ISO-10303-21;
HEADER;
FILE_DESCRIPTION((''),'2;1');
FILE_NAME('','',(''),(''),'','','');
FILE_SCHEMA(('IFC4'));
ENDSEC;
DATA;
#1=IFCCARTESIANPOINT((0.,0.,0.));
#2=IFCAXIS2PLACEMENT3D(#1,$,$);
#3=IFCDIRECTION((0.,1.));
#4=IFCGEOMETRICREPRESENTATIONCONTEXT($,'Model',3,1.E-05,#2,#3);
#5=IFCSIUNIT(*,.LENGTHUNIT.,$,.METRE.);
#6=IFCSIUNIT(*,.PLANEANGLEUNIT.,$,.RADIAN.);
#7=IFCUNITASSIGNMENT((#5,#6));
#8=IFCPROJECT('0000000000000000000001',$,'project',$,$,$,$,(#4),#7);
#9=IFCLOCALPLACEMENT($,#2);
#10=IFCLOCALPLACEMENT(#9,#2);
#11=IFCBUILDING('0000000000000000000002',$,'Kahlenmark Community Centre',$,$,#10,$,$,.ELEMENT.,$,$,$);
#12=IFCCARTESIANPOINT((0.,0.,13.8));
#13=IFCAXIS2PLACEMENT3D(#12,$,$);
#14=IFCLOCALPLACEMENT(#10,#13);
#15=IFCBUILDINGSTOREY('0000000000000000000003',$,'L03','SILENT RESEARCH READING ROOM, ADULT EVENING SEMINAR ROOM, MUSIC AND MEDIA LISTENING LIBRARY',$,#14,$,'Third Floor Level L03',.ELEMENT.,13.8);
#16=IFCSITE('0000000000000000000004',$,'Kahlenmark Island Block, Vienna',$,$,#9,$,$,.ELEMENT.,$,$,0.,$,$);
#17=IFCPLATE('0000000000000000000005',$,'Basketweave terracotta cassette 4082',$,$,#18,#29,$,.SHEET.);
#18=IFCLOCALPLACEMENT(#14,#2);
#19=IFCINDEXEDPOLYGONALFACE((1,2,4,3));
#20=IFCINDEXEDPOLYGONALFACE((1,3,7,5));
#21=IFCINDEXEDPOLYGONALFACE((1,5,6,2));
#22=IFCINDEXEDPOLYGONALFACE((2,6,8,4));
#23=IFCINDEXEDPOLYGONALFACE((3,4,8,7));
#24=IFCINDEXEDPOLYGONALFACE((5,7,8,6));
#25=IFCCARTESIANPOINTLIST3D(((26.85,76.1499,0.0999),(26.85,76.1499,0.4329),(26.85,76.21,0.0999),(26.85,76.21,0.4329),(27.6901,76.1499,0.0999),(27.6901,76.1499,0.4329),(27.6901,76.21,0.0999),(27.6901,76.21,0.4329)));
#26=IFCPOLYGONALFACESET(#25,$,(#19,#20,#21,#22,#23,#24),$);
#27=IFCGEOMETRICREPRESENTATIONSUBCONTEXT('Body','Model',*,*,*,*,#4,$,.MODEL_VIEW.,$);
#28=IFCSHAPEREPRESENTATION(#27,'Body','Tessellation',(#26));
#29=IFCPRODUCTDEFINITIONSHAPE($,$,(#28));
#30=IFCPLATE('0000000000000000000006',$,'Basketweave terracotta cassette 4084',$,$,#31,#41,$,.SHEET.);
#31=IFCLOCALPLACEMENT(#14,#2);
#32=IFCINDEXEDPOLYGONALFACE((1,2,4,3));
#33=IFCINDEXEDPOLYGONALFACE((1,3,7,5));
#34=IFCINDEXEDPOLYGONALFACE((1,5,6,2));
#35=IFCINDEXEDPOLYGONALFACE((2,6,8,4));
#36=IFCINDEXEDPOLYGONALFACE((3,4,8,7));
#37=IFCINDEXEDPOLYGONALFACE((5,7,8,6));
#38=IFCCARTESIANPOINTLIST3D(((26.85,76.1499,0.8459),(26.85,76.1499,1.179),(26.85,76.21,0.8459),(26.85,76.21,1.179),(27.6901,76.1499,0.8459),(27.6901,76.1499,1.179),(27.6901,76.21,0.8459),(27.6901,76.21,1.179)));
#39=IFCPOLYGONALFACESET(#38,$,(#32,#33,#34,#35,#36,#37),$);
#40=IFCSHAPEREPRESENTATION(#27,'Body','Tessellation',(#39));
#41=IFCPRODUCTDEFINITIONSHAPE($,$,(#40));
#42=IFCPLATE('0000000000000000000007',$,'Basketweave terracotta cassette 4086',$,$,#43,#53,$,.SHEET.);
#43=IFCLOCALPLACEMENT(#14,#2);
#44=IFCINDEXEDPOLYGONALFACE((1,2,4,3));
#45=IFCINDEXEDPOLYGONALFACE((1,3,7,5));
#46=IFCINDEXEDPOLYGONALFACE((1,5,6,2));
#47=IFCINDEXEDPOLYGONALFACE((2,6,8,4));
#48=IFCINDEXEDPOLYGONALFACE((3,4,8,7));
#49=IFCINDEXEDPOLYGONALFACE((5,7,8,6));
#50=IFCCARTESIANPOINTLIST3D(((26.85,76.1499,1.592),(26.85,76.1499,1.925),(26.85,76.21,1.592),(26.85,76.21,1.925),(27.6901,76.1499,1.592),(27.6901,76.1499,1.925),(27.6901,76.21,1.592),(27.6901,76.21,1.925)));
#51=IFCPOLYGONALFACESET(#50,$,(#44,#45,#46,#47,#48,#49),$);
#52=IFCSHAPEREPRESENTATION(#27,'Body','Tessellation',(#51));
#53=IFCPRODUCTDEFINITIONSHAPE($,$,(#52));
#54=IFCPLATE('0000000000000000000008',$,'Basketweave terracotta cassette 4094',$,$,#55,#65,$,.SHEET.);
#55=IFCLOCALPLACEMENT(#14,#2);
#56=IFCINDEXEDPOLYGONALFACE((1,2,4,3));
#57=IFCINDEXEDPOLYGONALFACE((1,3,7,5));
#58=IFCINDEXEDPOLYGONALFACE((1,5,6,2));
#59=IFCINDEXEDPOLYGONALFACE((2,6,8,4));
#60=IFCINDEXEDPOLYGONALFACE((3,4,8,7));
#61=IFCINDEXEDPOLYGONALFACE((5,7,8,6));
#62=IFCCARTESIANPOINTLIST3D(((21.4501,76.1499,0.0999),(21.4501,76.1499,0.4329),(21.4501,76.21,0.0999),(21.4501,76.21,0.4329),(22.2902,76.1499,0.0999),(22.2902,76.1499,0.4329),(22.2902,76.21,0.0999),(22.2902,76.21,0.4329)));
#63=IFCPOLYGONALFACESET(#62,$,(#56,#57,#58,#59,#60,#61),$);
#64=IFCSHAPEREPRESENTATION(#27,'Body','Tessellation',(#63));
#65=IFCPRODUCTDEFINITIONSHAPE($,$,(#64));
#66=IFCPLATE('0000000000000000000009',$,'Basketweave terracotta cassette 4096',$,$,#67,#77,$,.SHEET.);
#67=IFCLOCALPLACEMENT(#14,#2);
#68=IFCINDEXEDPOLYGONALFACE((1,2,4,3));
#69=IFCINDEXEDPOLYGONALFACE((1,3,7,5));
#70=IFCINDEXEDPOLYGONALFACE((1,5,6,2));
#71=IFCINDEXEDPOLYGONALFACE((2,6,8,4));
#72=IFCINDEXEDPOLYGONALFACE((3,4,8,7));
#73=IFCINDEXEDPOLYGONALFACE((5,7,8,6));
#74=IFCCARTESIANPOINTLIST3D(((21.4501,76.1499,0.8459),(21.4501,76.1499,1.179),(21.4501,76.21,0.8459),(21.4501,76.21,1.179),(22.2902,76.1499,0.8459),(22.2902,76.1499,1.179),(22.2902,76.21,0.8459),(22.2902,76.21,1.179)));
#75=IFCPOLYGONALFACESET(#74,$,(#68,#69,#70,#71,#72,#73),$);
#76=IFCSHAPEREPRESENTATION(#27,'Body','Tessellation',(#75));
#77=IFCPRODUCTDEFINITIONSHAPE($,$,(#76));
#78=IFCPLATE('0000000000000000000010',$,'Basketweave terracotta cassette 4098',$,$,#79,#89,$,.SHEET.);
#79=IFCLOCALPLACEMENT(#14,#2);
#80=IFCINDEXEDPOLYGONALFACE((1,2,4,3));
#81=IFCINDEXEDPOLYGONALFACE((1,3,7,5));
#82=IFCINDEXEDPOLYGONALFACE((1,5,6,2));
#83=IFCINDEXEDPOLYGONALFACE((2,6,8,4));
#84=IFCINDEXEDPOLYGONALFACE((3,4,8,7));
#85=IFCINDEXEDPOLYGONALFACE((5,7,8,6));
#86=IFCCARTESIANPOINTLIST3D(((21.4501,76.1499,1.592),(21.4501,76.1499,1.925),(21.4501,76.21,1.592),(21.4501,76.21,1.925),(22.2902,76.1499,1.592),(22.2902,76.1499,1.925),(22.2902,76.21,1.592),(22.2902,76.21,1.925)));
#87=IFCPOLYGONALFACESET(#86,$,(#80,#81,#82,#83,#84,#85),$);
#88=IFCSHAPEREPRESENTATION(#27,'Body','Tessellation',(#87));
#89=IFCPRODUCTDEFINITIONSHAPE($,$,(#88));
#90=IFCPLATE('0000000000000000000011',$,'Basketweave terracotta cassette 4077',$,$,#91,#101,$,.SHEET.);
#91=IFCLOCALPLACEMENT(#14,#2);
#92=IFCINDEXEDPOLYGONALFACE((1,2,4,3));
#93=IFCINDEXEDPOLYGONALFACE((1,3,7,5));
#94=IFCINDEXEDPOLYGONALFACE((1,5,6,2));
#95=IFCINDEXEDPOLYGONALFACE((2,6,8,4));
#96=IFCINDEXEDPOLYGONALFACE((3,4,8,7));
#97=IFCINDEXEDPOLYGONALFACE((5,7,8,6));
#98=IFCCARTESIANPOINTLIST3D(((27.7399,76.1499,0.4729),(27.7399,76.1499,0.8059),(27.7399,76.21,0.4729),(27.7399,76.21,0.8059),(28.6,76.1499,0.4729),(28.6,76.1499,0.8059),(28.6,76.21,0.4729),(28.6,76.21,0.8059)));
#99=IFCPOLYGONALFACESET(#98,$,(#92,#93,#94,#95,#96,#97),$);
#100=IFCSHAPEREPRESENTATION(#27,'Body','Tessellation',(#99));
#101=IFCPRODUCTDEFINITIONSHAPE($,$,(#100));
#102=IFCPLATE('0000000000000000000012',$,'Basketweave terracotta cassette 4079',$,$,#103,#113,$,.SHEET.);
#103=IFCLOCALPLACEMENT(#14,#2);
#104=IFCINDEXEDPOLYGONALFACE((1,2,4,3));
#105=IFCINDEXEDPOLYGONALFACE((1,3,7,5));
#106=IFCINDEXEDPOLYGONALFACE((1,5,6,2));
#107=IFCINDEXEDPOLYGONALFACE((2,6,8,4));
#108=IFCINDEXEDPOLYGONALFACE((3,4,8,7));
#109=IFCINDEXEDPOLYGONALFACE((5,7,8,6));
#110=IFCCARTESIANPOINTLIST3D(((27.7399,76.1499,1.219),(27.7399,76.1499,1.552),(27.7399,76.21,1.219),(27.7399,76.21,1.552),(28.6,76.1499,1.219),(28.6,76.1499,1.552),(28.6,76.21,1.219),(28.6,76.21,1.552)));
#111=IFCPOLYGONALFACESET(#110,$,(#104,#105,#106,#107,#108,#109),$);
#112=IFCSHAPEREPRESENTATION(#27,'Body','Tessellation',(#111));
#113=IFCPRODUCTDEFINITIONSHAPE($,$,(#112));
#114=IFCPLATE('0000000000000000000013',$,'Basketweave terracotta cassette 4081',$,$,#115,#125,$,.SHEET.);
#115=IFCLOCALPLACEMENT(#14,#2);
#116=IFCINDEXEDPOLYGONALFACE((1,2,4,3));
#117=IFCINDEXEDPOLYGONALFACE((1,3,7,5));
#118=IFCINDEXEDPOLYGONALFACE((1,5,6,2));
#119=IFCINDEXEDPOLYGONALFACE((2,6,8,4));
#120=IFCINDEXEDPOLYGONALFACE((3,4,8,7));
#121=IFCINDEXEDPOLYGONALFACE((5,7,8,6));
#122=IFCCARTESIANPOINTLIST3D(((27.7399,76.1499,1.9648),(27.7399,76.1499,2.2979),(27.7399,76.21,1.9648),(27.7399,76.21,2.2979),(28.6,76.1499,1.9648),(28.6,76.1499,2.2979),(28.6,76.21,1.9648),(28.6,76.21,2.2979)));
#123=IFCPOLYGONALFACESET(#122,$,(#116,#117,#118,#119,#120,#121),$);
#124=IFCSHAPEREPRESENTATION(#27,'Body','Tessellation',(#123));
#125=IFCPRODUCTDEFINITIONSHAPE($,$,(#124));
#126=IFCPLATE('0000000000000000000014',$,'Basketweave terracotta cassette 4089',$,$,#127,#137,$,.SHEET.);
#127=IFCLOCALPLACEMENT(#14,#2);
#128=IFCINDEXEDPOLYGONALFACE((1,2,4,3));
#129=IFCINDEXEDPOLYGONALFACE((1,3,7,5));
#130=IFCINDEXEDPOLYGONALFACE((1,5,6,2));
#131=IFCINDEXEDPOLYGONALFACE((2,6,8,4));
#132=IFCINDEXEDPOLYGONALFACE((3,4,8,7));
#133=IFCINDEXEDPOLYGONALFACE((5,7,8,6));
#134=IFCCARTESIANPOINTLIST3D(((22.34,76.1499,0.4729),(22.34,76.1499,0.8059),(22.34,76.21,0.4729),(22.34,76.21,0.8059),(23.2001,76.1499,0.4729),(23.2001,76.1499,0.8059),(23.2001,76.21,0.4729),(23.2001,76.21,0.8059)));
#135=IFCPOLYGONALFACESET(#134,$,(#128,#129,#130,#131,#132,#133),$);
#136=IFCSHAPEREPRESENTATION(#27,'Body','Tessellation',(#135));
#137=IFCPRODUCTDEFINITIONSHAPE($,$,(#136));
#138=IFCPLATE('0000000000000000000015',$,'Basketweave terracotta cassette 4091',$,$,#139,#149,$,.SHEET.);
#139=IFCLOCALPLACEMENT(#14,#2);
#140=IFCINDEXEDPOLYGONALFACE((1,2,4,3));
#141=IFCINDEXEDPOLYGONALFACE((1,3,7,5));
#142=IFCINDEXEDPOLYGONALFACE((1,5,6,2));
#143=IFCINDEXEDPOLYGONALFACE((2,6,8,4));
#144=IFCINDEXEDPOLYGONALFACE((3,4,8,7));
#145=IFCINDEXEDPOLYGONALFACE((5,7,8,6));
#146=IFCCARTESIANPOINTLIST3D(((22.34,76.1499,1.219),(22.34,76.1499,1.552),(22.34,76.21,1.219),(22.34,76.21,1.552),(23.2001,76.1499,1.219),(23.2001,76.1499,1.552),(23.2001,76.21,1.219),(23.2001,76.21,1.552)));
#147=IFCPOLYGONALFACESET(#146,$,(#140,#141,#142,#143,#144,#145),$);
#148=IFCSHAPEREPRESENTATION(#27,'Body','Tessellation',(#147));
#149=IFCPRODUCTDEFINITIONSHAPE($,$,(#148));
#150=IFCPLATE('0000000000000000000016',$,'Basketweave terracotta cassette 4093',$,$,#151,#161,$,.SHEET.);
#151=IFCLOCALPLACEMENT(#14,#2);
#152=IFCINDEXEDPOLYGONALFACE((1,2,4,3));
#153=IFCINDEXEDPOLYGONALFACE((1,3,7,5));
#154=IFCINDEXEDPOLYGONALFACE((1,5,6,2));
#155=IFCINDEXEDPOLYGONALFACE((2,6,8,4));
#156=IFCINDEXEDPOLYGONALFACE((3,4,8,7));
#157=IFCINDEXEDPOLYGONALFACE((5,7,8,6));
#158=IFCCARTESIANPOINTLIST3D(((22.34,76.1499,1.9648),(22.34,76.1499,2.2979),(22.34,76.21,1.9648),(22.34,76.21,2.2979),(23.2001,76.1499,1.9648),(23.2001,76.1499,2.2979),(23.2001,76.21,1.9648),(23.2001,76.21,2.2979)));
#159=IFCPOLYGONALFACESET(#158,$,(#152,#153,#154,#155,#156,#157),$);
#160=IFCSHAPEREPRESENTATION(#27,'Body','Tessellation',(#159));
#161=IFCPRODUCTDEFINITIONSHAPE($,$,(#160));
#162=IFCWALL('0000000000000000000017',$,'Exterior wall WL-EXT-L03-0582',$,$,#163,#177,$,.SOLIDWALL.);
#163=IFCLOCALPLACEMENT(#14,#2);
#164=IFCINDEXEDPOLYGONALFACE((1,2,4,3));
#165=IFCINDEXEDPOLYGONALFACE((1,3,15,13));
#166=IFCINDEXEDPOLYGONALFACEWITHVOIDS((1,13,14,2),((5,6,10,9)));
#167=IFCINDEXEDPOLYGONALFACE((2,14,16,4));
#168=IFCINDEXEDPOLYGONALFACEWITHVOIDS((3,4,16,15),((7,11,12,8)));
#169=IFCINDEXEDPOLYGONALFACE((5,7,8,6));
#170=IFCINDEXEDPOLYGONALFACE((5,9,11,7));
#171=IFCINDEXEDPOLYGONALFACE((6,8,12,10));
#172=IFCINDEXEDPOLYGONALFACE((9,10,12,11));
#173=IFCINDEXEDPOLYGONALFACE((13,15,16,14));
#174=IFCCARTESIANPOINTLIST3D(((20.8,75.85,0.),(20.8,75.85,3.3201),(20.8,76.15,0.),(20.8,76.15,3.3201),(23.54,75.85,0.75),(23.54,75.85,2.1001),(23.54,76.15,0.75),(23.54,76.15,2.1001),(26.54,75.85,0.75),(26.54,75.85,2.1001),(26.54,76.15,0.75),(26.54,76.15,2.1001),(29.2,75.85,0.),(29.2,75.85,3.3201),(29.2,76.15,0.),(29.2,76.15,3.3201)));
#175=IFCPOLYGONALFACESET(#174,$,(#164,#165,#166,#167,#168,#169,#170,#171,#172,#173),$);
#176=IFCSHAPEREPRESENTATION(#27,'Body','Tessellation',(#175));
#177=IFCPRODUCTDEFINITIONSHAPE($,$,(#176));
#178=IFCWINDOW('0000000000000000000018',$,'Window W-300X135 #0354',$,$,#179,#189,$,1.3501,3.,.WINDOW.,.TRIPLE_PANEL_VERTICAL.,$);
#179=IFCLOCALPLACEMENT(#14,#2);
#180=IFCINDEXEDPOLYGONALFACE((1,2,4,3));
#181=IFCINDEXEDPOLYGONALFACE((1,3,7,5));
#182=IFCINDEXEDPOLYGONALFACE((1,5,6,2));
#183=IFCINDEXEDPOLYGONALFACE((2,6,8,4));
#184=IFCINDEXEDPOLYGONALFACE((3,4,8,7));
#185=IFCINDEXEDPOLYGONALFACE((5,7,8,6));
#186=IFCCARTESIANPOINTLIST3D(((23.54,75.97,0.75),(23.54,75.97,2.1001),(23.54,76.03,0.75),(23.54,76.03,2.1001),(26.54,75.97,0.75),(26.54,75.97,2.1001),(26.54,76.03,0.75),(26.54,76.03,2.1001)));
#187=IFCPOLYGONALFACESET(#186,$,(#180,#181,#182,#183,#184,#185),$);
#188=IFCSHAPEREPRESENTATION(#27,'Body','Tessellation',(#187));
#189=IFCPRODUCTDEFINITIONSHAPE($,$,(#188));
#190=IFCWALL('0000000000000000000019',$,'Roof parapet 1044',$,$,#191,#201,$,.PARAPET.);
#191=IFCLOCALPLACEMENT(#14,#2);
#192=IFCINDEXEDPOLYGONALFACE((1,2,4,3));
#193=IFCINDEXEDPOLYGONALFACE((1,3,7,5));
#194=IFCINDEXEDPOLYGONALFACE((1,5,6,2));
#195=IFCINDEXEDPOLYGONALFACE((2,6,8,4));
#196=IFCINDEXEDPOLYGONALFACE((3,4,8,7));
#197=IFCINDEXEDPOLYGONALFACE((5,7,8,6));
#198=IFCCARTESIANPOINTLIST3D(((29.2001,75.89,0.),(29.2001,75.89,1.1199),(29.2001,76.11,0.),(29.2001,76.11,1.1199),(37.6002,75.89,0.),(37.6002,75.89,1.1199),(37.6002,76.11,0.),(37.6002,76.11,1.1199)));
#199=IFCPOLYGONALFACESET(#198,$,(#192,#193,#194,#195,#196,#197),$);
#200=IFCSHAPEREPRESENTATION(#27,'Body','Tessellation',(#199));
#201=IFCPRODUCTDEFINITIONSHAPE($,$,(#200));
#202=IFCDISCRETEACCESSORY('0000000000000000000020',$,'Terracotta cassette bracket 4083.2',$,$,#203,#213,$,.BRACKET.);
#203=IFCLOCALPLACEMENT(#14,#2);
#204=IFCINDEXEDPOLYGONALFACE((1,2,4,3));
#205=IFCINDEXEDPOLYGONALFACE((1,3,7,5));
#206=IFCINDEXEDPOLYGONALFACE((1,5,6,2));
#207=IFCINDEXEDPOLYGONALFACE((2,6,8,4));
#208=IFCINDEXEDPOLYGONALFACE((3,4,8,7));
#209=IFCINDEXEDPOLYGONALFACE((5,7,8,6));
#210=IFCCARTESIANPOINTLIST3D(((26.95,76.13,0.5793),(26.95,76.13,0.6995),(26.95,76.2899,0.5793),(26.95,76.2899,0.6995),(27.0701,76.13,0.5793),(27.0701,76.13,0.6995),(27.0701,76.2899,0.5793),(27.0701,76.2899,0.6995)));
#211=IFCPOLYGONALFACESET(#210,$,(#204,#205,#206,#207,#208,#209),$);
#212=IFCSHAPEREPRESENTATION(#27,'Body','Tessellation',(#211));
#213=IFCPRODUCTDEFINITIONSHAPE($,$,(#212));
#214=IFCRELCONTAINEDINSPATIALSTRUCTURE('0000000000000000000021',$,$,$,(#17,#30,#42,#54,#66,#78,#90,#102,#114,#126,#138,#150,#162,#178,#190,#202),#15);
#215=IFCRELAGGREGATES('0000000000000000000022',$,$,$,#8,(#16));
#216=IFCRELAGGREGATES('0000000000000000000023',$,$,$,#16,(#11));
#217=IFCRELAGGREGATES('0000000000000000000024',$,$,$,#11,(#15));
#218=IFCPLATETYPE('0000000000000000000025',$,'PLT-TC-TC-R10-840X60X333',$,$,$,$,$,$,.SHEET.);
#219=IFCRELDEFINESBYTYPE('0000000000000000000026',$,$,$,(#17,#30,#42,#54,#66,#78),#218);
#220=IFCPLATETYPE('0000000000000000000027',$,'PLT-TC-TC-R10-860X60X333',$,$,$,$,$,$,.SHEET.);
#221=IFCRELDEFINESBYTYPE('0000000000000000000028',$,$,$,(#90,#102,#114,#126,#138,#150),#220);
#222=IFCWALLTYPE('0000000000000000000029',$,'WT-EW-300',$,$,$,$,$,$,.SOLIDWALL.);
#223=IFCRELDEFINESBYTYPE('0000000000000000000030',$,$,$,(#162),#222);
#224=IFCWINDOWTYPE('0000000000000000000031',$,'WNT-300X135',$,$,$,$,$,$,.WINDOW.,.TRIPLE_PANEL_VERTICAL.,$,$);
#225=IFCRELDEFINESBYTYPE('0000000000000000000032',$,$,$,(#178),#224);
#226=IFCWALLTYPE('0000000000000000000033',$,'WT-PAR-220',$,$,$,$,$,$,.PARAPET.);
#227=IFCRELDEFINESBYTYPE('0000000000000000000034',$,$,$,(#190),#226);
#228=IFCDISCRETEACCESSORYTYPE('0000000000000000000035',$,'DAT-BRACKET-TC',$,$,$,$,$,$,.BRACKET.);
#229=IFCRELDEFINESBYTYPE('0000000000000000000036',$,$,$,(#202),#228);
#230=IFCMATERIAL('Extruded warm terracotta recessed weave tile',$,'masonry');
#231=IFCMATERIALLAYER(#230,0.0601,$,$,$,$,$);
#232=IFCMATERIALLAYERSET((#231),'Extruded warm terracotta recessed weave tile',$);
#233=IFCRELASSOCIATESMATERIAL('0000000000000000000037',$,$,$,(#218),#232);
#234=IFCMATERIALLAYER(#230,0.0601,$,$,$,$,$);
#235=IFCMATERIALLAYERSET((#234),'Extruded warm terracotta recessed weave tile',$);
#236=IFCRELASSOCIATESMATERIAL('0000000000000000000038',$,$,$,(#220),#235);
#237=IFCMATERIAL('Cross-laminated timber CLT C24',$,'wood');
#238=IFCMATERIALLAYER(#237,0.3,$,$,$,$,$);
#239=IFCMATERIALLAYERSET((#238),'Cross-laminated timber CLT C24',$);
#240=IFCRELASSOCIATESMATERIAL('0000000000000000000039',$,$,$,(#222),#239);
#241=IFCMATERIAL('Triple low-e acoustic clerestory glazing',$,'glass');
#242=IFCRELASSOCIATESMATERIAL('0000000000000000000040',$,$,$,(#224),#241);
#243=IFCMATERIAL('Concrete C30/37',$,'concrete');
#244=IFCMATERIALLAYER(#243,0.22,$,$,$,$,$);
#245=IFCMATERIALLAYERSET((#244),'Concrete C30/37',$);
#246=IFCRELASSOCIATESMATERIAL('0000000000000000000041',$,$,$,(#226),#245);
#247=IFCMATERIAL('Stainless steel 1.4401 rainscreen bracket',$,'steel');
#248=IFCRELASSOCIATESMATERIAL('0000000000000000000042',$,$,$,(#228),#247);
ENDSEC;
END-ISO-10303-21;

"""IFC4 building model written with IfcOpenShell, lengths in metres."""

from ifc_helpers import new_model, si_unit, direction, frame, frame_2d, origin, origin_2d, place, context, subcontext, project, spatial, rectangle, extrude, material, layer, layer_set, type_object, element, fill, save


model = new_model("IFC4")

# Units and contexts
model_context = context("Model", 3, precision=1e-05, world=origin(), true_north=direction((0.0, 1.0)))
body_context = subcontext(model_context, "Body", "Model", "MODEL_VIEW")
ifc_project = project(units=[si_unit("LENGTHUNIT", "METRE"), si_unit("PLANEANGLEUNIT", "RADIAN")], contexts=[model_context])

# Site, building, storey
site_placement = place(None, origin())
site = spatial("IfcSite", under=ifc_project, at=site_placement, Name="Kahlenmark Island Block, Vienna", CompositionType="ELEMENT", RefElevation=0.0)
building_placement = place(site_placement, origin())
building = spatial("IfcBuilding", under=site, at=building_placement, Name="Kahlenmark Community Centre", CompositionType="ELEMENT")
storey_placement = place(building_placement, frame((0.0, 0.0, 13.8)))
storey = spatial("IfcBuildingStorey", under=building, at=storey_placement, Name="L03", Description="SILENT RESEARCH READING ROOM, ADULT EVENING SEMINAR ROOM, MUSIC AND MEDIA LISTENING LIBRARY", LongName="Third Floor Level L03", CompositionType="ELEMENT", Elevation=13.8)

# Plates
ifc_material_1 = material(Name="Extruded warm terracotta recessed weave tile", Category="masonry")
ifc_layer_1 = layer(ifc_material_1, 0.0601)
ifc_layer_set_1 = layer_set([ifc_layer_1], Name="Extruded warm terracotta recessed weave tile")
plate_type_1 = type_object("IfcPlateType", Name="PLT-TC-TC-R10-840X60X333", PredefinedType="SHEET", material=ifc_layer_set_1)
for number, where, z_axis, x_axis, name in (
    (1, (27.27, 76.1799, 0.0999), (0.0, 0.0, 1.0), (-1.0, 0.0, 0.0), "Basketweave terracotta cassette 4082"),
    (2, (27.27, 76.1799, 0.8459), (0.0, 0.0, 1.0), (-1.0, 0.0, 0.0), "Basketweave terracotta cassette 4084"),
    (3, (27.27, 76.1799, 1.592), (0.0, 0.0, 1.0), (-1.0, 0.0, 0.0), "Basketweave terracotta cassette 4086"),
    (4, (21.8701, 76.1799, 0.0999), (0.0, 0.0, 1.0), (-1.0, 0.0, 0.0), "Basketweave terracotta cassette 4094"),
    (5, (21.8701, 76.1799, 0.8459), (0.0, 0.0, 1.0), (-1.0, 0.0, 0.0), "Basketweave terracotta cassette 4096"),
    (6, (21.8701, 76.1799, 1.592), (0.0, 0.0, 1.0), (-1.0, 0.0, 0.0), "Basketweave terracotta cassette 4098"),
):
    element("IfcPlate", number, at=place(storey_placement, frame(where, z_axis=z_axis, x_axis=x_axis)), inside=storey, type_object=plate_type_1, Name=name, PredefinedType="SHEET", context=body_context, shape_type="SweptSolid", body=[
        extrude(rectangle(XDim=0.8401, YDim=0.0601, at=origin_2d()), origin(), (0.0, 0.0, 1.0), 0.333),
    ])
ifc_layer_2 = layer(ifc_material_1, 0.0601)
ifc_layer_set_2 = layer_set([ifc_layer_2], Name="Extruded warm terracotta recessed weave tile")
plate_type_2 = type_object("IfcPlateType", Name="PLT-TC-TC-R10-860X60X333", PredefinedType="SHEET", material=ifc_layer_set_2)
for number, where, z_axis, x_axis, name in (
    (7, (28.1699, 76.1799, 0.4729), (0.0, 0.0, 1.0), (-1.0, 0.0, 0.0), "Basketweave terracotta cassette 4077"),
    (8, (28.1699, 76.1799, 1.219), (0.0, 0.0, 1.0), (-1.0, 0.0, 0.0), "Basketweave terracotta cassette 4079"),
    (9, (28.1699, 76.1799, 1.9648), (0.0, 0.0, 1.0), (-1.0, 0.0, 0.0), "Basketweave terracotta cassette 4081"),
    (10, (22.77, 76.1799, 0.4729), (0.0, 0.0, 1.0), (-1.0, 0.0, 0.0), "Basketweave terracotta cassette 4089"),
    (11, (22.77, 76.1799, 1.219), (0.0, 0.0, 1.0), (-1.0, 0.0, 0.0), "Basketweave terracotta cassette 4091"),
    (12, (22.77, 76.1799, 1.9648), (0.0, 0.0, 1.0), (-1.0, 0.0, 0.0), "Basketweave terracotta cassette 4093"),
):
    element("IfcPlate", number, at=place(storey_placement, frame(where, z_axis=z_axis, x_axis=x_axis)), inside=storey, type_object=plate_type_2, Name=name, PredefinedType="SHEET", context=body_context, shape_type="SweptSolid", body=[
        extrude(rectangle(XDim=0.8601, YDim=0.0601, at=origin_2d()), origin(), (0.0, 0.0, 1.0), 0.333),
    ])

# Wall, opening, window
ifc_material_2 = material(Name="Cross-laminated timber CLT C24", Category="wood")
ifc_layer_3 = layer(ifc_material_2, 0.3)
ifc_layer_set_3 = layer_set([ifc_layer_3], Name="Cross-laminated timber CLT C24")
wall_type_1 = type_object("IfcWallType", Name="WT-EW-300", PredefinedType="SOLIDWALL", material=ifc_layer_set_3)
wall_1_placement = place(storey_placement, frame((29.2, 76.0, 0.0), z_axis=(0.0, 0.0, 1.0), x_axis=(-1.0, 0.0, 0.0)))
wall_1 = element("IfcWall", 13, at=wall_1_placement, inside=storey, type_object=wall_type_1, Name="Exterior wall WL-EXT-L03-0582", PredefinedType="SOLIDWALL", context=body_context, shape_type="SweptSolid", body=[
    extrude(rectangle(XDim=8.3999, YDim=0.3, at=frame_2d((4.2, 0.0))), origin(), (0.0, 0.0, 1.0), 3.3201),
])
opening_placement = place(wall_1_placement, frame((2.6599, 0.0, 0.75)))
opening = element("IfcOpeningElement", 14, at=opening_placement, cuts=wall_1, PredefinedType="OPENING", context=body_context, shape_type="SweptSolid", body=[
    extrude(rectangle(XDim=3.0, YDim=1.3501, at=frame_2d((1.5, 0.675))), frame((0.0, 0.1599, 0.0), z_axis=(0.0, -1.0, 0.0), x_axis=(1.0, 0.0, 0.0)), (0.0, 0.0, 1.0), 0.3201),
])
ifc_material_3 = material(Name="Triple low-e acoustic clerestory glazing", Category="glass")
window_type = type_object("IfcWindowType", Name="WNT-300X135", PartitioningType="TRIPLE_PANEL_VERTICAL", PredefinedType="WINDOW", material=ifc_material_3)
window_placement = place(opening_placement, origin())
window = element("IfcWindow", 15, at=window_placement, inside=storey, type_object=window_type, Name="Window W-300X135 #0354", OverallHeight=1.3501, OverallWidth=3.0, PartitioningType="TRIPLE_PANEL_VERTICAL", PredefinedType="WINDOW", context=body_context, shape_type="SweptSolid", body=[
    extrude(rectangle(XDim=3.0, YDim=1.3501, at=frame_2d((1.5, 0.675))), frame((0.0, 0.03, 0.0), z_axis=(0.0, -1.0, 0.0), x_axis=(1.0, 0.0, 0.0)), (0.0, 0.0, 1.0), 0.0601),
])
fill(opening, window)

# Wall
ifc_material_4 = material(Name="Concrete C30/37", Category="concrete")
ifc_layer_4 = layer(ifc_material_4, 0.22)
ifc_layer_set_4 = layer_set([ifc_layer_4], Name="Concrete C30/37")
wall_type_2 = type_object("IfcWallType", Name="WT-PAR-220", PredefinedType="PARAPET", material=ifc_layer_set_4)
wall_2_placement = place(storey_placement, frame((29.2, 76.0, 0.0), z_axis=(0.0, 0.0, 1.0), x_axis=(1.0, 0.0, 0.0)))
element("IfcWall", 16, at=wall_2_placement, inside=storey, type_object=wall_type_2, Name="Roof parapet 1044", PredefinedType="PARAPET", context=body_context, shape_type="SweptSolid", body=[
    extrude(rectangle(XDim=8.4001, YDim=0.22, at=frame_2d((4.2002, 0.0))), origin(), (0.0, 0.0, 1.0), 1.1199),
])

# Discrete accessory
ifc_material_5 = material(Name="Stainless steel 1.4401 rainscreen bracket", Category="steel")
discrete_accessory_type = type_object("IfcDiscreteAccessoryType", Name="DAT-BRACKET-TC", PredefinedType="BRACKET", material=ifc_material_5)
for number, where, z_axis, x_axis, name in (
    (17, (27.01, 76.21, 0.5793), (0.0, 0.0, 1.0), (-1.0, 0.0, 0.0), "Terracotta cassette bracket 4083.2"),
):
    element("IfcDiscreteAccessory", number, at=place(storey_placement, frame(where, z_axis=z_axis, x_axis=x_axis)), inside=storey, type_object=discrete_accessory_type, Name=name, PredefinedType="BRACKET", context=body_context, shape_type="SweptSolid", body=[
        extrude(rectangle(XDim=0.1201, YDim=0.1599, at=origin_2d()), origin(), (0.0, 0.0, 1.0), 0.1201),
    ])

save(model, "model.ifc")
